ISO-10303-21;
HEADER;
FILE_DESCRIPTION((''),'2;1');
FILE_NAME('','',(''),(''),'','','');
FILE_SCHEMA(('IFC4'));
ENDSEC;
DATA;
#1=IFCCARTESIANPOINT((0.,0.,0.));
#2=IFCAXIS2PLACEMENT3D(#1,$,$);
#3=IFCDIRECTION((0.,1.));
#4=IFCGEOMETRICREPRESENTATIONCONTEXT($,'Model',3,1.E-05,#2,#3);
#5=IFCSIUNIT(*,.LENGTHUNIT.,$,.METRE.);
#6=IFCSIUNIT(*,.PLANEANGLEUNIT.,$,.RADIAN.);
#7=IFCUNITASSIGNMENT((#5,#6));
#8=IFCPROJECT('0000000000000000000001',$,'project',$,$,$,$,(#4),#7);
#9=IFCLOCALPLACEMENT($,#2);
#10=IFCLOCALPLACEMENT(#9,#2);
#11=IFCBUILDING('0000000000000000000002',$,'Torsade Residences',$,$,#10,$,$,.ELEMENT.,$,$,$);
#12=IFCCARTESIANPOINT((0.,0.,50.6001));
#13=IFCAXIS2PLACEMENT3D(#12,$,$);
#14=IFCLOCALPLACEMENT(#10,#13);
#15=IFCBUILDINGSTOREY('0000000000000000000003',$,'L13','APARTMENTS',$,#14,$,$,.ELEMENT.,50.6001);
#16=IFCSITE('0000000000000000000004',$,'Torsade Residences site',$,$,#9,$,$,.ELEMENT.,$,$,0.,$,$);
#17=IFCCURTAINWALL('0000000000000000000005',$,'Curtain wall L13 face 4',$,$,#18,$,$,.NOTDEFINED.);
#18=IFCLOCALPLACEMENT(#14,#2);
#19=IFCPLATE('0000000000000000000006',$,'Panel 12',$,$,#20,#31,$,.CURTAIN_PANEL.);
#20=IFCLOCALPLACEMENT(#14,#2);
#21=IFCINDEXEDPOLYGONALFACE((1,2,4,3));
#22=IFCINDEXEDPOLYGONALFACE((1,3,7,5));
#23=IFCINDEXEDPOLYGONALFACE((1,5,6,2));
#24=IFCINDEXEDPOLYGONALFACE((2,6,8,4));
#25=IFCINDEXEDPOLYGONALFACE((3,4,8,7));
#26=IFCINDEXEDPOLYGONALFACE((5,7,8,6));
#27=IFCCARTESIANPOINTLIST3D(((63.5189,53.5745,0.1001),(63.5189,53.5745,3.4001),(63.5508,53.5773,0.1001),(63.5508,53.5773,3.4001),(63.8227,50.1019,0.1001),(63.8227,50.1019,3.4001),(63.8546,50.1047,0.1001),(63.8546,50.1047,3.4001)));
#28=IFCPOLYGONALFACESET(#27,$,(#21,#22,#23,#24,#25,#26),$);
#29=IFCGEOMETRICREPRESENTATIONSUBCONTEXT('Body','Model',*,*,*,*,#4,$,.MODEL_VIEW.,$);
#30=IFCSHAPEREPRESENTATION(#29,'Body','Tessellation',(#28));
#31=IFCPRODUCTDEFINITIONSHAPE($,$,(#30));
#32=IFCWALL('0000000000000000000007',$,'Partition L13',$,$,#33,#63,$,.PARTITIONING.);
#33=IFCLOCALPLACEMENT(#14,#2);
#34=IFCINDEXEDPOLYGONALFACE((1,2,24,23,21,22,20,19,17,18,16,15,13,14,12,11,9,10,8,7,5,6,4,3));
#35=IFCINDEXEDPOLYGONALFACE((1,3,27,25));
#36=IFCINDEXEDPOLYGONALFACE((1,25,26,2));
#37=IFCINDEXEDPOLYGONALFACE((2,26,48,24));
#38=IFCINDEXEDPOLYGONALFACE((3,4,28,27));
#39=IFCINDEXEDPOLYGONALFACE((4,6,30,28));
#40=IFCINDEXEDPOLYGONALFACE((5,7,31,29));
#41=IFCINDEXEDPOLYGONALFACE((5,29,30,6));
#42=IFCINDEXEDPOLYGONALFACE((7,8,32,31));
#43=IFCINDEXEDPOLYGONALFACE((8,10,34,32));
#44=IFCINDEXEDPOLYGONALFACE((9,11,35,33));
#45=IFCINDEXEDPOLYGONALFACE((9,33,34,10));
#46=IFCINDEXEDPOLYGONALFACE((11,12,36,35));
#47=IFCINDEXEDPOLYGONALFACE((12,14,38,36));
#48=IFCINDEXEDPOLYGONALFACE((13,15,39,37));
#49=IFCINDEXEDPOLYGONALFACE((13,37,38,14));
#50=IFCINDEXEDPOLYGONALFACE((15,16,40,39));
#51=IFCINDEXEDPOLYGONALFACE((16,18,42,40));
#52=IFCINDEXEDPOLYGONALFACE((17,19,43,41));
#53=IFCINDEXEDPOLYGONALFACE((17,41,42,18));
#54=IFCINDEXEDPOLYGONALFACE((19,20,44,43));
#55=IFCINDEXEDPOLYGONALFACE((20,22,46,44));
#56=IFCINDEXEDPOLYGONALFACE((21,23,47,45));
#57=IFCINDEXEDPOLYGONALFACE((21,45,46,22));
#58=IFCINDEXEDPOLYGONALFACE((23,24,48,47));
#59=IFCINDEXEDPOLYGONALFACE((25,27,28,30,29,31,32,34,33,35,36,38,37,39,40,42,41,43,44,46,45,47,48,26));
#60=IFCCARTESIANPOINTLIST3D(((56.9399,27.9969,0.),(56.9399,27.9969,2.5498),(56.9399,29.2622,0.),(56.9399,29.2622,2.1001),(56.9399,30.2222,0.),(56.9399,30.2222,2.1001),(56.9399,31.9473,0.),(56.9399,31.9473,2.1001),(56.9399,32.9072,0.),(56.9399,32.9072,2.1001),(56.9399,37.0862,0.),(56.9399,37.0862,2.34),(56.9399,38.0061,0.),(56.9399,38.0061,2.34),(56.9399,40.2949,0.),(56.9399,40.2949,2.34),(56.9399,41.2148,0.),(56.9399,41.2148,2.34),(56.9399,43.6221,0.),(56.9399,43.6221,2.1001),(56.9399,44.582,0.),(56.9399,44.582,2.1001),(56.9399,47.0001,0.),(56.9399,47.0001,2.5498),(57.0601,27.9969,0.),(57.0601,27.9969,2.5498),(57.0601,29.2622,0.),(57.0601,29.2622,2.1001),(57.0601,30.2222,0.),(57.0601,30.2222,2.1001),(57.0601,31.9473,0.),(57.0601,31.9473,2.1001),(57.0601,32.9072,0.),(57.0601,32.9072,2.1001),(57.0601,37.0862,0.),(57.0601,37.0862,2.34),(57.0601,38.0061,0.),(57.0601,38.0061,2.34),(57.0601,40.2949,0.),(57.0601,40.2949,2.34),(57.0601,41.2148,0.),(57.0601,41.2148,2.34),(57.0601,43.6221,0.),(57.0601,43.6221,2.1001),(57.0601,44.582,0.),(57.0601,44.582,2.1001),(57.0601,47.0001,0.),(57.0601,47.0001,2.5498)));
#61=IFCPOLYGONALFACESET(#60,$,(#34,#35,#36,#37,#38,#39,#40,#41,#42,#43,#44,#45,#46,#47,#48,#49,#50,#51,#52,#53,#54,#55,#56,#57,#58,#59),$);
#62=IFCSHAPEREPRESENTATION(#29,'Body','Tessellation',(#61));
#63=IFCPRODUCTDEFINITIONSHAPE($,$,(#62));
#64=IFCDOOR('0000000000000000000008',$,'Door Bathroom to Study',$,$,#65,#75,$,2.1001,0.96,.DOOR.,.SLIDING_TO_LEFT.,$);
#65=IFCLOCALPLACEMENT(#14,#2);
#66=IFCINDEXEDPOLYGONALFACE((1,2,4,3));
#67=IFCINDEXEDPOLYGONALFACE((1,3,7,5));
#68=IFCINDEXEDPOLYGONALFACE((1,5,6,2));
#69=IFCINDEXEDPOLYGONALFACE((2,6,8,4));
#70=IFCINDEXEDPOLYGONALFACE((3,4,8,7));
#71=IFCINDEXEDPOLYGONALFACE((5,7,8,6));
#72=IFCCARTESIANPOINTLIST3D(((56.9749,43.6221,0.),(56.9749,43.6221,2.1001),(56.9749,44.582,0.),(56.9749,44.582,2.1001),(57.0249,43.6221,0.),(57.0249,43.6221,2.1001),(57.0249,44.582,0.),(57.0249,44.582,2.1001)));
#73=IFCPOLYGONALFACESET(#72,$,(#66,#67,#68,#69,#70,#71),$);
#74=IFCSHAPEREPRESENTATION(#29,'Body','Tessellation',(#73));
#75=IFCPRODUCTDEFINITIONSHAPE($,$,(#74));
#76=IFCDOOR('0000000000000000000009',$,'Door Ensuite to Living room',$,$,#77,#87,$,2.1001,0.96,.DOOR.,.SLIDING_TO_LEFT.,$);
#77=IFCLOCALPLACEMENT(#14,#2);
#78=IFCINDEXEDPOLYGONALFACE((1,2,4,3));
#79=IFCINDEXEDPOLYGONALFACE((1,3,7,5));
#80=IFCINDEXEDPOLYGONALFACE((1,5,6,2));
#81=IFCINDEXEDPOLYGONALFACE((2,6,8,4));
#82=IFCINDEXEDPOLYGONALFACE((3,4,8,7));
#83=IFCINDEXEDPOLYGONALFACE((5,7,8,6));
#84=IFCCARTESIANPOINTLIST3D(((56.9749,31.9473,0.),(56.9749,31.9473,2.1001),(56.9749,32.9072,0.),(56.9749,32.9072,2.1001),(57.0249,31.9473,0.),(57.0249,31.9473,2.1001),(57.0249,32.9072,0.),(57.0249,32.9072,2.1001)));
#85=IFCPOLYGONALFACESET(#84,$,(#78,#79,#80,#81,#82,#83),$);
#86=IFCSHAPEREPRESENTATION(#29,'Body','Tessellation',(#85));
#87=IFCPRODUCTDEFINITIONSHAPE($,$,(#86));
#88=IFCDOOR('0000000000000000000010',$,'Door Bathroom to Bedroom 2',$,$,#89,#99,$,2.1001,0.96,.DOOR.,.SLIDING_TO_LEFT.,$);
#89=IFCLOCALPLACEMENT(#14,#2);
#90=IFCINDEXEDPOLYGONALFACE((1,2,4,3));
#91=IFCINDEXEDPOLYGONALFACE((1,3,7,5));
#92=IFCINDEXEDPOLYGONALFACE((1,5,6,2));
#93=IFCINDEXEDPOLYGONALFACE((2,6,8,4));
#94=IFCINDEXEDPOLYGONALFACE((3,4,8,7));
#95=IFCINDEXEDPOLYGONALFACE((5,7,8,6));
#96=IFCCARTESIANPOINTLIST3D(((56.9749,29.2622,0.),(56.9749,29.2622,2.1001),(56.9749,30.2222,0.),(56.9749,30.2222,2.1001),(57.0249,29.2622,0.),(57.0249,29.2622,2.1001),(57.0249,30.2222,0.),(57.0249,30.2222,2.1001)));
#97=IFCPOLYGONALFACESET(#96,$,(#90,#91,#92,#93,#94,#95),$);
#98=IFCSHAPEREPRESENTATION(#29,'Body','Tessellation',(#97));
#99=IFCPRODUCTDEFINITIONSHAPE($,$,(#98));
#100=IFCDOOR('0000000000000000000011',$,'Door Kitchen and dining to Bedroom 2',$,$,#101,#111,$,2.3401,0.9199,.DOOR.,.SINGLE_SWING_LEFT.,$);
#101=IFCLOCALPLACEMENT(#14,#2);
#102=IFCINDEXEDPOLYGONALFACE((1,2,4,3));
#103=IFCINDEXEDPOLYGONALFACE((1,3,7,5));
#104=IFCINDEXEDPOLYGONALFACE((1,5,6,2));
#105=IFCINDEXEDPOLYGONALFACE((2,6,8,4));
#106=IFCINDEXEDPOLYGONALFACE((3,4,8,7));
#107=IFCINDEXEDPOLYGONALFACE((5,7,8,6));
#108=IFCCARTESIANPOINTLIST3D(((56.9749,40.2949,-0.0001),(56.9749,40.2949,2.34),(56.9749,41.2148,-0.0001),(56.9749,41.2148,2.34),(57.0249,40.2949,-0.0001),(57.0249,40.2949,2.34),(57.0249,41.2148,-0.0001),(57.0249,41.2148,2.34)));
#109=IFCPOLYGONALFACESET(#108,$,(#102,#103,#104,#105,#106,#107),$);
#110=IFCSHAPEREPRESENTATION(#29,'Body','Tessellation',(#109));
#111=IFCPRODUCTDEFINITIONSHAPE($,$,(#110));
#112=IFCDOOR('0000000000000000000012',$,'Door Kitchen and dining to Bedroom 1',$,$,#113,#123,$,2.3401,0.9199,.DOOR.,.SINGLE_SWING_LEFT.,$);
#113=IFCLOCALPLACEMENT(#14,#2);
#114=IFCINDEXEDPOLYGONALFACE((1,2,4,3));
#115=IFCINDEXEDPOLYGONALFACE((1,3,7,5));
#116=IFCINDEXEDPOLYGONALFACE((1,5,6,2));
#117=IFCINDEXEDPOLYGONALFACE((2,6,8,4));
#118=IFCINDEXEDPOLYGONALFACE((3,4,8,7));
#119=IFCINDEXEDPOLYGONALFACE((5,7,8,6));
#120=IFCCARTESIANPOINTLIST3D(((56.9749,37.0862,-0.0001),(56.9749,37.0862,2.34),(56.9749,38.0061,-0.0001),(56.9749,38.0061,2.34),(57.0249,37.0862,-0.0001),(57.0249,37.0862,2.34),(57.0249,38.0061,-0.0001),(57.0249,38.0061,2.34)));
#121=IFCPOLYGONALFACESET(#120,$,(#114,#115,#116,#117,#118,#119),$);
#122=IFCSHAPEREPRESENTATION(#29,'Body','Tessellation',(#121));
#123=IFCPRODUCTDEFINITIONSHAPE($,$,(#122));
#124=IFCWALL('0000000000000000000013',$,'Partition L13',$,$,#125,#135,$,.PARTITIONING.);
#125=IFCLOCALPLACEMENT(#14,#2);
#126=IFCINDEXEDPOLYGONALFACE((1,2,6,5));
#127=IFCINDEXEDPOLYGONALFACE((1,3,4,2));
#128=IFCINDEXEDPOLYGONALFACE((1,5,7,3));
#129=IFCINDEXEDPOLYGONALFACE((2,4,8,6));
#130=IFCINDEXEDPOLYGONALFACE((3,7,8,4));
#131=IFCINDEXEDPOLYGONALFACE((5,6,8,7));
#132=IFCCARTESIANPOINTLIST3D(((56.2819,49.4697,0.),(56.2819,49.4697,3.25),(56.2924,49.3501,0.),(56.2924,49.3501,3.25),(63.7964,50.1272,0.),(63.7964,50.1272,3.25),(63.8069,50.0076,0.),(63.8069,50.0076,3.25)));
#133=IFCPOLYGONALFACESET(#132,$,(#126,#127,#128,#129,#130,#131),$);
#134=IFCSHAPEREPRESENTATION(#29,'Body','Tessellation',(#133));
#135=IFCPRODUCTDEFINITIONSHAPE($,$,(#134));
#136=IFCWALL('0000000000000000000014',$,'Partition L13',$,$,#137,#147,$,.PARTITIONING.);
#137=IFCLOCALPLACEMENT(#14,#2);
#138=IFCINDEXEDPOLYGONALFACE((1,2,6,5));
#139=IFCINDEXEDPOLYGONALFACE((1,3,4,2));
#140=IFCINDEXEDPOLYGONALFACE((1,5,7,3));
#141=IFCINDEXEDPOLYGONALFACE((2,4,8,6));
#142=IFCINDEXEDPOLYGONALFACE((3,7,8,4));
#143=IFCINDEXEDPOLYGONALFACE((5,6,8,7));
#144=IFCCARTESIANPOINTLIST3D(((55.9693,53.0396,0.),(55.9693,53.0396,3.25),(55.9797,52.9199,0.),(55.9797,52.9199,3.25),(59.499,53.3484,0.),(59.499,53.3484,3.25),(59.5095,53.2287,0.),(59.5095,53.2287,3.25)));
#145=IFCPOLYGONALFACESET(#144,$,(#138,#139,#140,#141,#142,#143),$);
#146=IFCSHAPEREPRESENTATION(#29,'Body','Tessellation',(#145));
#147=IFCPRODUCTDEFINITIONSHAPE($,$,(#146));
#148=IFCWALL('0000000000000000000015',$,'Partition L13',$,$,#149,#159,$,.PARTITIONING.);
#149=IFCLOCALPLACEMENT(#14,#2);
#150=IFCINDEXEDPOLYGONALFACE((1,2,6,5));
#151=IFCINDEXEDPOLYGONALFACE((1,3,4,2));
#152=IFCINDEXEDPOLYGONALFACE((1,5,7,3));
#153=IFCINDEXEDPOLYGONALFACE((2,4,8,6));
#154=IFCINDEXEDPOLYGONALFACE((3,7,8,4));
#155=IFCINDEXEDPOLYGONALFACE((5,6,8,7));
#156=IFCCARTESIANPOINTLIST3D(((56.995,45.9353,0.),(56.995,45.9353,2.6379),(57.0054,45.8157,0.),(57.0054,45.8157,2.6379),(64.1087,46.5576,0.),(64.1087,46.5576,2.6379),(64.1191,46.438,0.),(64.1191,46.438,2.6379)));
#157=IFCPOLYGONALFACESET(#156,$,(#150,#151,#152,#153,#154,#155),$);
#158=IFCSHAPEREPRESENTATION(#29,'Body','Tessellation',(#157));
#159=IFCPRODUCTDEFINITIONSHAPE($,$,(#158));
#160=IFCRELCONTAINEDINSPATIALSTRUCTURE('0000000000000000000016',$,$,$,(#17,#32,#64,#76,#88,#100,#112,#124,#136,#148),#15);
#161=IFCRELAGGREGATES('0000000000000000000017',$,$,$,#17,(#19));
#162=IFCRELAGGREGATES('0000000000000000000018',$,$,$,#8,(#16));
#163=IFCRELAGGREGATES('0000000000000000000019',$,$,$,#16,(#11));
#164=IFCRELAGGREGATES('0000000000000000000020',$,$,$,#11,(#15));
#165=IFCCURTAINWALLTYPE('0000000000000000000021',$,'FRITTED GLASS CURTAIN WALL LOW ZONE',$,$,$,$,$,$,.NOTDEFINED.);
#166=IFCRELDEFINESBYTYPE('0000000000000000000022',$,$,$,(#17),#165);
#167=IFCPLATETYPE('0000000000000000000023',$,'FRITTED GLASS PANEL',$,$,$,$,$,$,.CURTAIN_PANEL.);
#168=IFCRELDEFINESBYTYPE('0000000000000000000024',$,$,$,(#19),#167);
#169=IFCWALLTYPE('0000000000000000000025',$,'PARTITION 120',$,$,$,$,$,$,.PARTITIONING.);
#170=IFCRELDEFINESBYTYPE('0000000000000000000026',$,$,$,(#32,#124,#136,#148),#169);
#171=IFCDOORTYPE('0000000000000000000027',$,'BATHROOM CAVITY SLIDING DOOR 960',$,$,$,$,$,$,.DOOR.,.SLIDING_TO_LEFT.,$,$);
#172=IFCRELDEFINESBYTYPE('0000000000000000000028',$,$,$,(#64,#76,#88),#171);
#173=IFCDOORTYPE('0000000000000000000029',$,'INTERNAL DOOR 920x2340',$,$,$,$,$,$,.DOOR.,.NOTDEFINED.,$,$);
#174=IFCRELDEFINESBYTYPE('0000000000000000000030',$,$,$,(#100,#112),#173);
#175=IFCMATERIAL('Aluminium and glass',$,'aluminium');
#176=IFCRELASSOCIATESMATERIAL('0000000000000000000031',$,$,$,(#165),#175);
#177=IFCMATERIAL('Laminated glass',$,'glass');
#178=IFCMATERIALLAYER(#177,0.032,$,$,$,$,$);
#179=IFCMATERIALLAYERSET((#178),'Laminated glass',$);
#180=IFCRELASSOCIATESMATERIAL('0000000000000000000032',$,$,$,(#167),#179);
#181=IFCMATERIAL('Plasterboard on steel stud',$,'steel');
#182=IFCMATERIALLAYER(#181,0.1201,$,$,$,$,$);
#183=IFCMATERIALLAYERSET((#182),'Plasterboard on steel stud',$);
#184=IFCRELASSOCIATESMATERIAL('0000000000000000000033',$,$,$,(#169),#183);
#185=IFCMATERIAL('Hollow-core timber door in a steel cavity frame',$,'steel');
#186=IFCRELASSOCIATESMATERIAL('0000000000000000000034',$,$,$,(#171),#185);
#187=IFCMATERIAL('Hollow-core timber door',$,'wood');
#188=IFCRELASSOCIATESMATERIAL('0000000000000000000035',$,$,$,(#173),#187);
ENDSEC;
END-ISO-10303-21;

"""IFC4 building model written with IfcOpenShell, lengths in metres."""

from ifc_helpers import new_model, si_unit, direction, frame, frame_2d, origin, origin_2d, place, context, subcontext, project, spatial, rectangle, extrude, material, layer, layer_set, type_object, element, fill, aggregate, save


model = new_model("IFC4")

# Units and contexts
model_context = context("Model", 3, precision=1e-05, world=origin(), true_north=direction((0.0, 1.0)))
body_context = subcontext(model_context, "Body", "Model", "MODEL_VIEW")
ifc_project = project(units=[si_unit("LENGTHUNIT", "METRE"), si_unit("PLANEANGLEUNIT", "RADIAN")], contexts=[model_context])

# Site, building, storey
site_placement = place(None, origin())
site = spatial("IfcSite", under=ifc_project, at=site_placement, Name="Torsade Residences site", CompositionType="ELEMENT", RefElevation=0.0)
building_placement = place(site_placement, origin())
building = spatial("IfcBuilding", under=site, at=building_placement, Name="Torsade Residences", CompositionType="ELEMENT")
storey_placement = place(building_placement, frame((0.0, 0.0, 50.6001)))
storey = spatial("IfcBuildingStorey", under=building, at=storey_placement, Name="L13", Description="APARTMENTS", CompositionType="ELEMENT", Elevation=50.6001)

# Curtain wall
ifc_material_1 = material(Name="Aluminium and glass", Category="aluminium")
curtain_wall_type = type_object("IfcCurtainWallType", Name="FRITTED GLASS CURTAIN WALL LOW ZONE", PredefinedType="NOTDEFINED", material=ifc_material_1)
curtain_wall_placement = place(storey_placement, origin())
curtain_wall = element("IfcCurtainWall", 1, at=curtain_wall_placement, inside=storey, type_object=curtain_wall_type, Name="Curtain wall L13 face 4", PredefinedType="NOTDEFINED")

# Plate
ifc_material_2 = material(Name="Laminated glass", Category="glass")
ifc_layer_1 = layer(ifc_material_2, 0.032)
ifc_layer_set_1 = layer_set([ifc_layer_1], Name="Laminated glass")
plate_type = type_object("IfcPlateType", Name="FRITTED GLASS PANEL", PredefinedType="CURTAIN_PANEL", material=ifc_layer_set_1)
plate_1_placement = place(storey_placement, frame((63.6868, 51.8396, 0.1001), z_axis=(0.0, 0.0, 1.0), x_axis=(-0.087156, 0.996195, 0.0)))
plate_1 = element("IfcPlate", 2, at=plate_1_placement, type_object=plate_type, Name="Panel 12", PredefinedType="CURTAIN_PANEL", context=body_context, shape_type="SweptSolid", body=[
    extrude(rectangle(XDim=3.4858, YDim=0.032, at=origin_2d()), origin(), (0.0, 0.0, 1.0), 3.3),
])
aggregate(curtain_wall, [plate_1])

# Wall, openings, doors
ifc_material_3 = material(Name="Plasterboard on steel stud", Category="steel")
ifc_layer_2 = layer(ifc_material_3, 0.1201)
ifc_layer_set_2 = layer_set([ifc_layer_2], Name="Plasterboard on steel stud")
wall_type_1 = type_object("IfcWallType", Name="PARTITION 120", PredefinedType="PARTITIONING", material=ifc_layer_set_2)
wall_1_placement = place(storey_placement, frame((57.0, 47.0, 0.0), z_axis=(0.0, 0.0, 1.0), x_axis=(0.0, -1.0, 0.0)))
wall_1 = element("IfcWall", 3, at=wall_1_placement, inside=storey, type_object=wall_type_1, Name="Partition L13", PredefinedType="PARTITIONING", context=body_context, shape_type="SweptSolid", body=[
    extrude(rectangle(XDim=19.0032, YDim=0.1201, at=frame_2d((9.5015, 0.0))), origin(), (0.0, 0.0, 1.0), 2.5498),
])
opening_1_placement = place(wall_1_placement, frame((5.7852, 0.0, 0.0)))
opening_1 = element("IfcOpeningElement", 4, at=opening_1_placement, cuts=wall_1, PredefinedType="OPENING", context=body_context, shape_type="SweptSolid", body=[
    extrude(rectangle(XDim=0.9199, YDim=2.3401, at=frame_2d((0.46, 1.1699))), frame((0.0, 0.0701, 0.0), z_axis=(0.0, -1.0, 0.0), x_axis=(1.0, 0.0, 0.0)), (0.0, 0.0, 1.0), 0.1401),
])
opening_2_placement = place(wall_1_placement, frame((8.9939, 0.0, 0.0)))
opening_2 = element("IfcOpeningElement", 5, at=opening_2_placement, cuts=wall_1, PredefinedType="OPENING", context=body_context, shape_type="SweptSolid", body=[
    extrude(rectangle(XDim=0.9199, YDim=2.3401, at=frame_2d((0.46, 1.1699))), frame((0.0, 0.0701, 0.0), z_axis=(0.0, -1.0, 0.0), x_axis=(1.0, 0.0, 0.0)), (0.0, 0.0, 1.0), 0.1401),
])
opening_3_placement = place(wall_1_placement, frame((2.418, 0.0, 0.0)))
opening_3 = element("IfcOpeningElement", 6, at=opening_3_placement, cuts=wall_1, PredefinedType="OPENING", context=body_context, shape_type="SweptSolid", body=[
    extrude(rectangle(XDim=0.96, YDim=2.1001, at=frame_2d((0.48, 1.05))), frame((0.0, 0.0701, 0.0), z_axis=(0.0, -1.0, 0.0), x_axis=(1.0, 0.0, 0.0)), (0.0, 0.0, 1.0), 0.1401),
])
opening_4_placement = place(wall_1_placement, frame((14.0928, 0.0, 0.0)))
opening_4 = element("IfcOpeningElement", 7, at=opening_4_placement, cuts=wall_1, PredefinedType="OPENING", context=body_context, shape_type="SweptSolid", body=[
    extrude(rectangle(XDim=0.96, YDim=2.1001, at=frame_2d((0.48, 1.05))), frame((0.0, 0.0701, 0.0), z_axis=(0.0, -1.0, 0.0), x_axis=(1.0, 0.0, 0.0)), (0.0, 0.0, 1.0), 0.1401),
])
opening_5_placement = place(wall_1_placement, frame((16.7778, 0.0, 0.0)))
opening_5 = element("IfcOpeningElement", 8, at=opening_5_placement, cuts=wall_1, PredefinedType="OPENING", context=body_context, shape_type="SweptSolid", body=[
    extrude(rectangle(XDim=0.96, YDim=2.1001, at=frame_2d((0.48, 1.05))), frame((0.0, 0.0701, 0.0), z_axis=(0.0, -1.0, 0.0), x_axis=(1.0, 0.0, 0.0)), (0.0, 0.0, 1.0), 0.1401),
])
ifc_material_4 = material(Name="Hollow-core timber door in a steel cavity frame", Category="steel")
door_type_1 = type_object("IfcDoorType", Name="BATHROOM CAVITY SLIDING DOOR 960", OperationType="SLIDING_TO_LEFT", PredefinedType="DOOR", material=ifc_material_4)
door_1_placement = place(opening_3_placement, origin())
door_1 = element("IfcDoor", 9, at=door_1_placement, inside=storey, type_object=door_type_1, Name="Door Bathroom to Study", OperationType="SLIDING_TO_LEFT", OverallHeight=2.1001, OverallWidth=0.96, PredefinedType="DOOR", context=body_context, shape_type="SweptSolid", body=[
    extrude(rectangle(XDim=0.96, YDim=2.1001, at=frame_2d((0.48, 1.05))), frame((0.0, 0.0249, 0.0), z_axis=(0.0, -1.0, 0.0), x_axis=(1.0, 0.0, 0.0)), (0.0, 0.0, 1.0), 0.05),
])
fill(opening_3, door_1)
door_2_placement = place(opening_4_placement, origin())
door_2 = element("IfcDoor", 10, at=door_2_placement, inside=storey, type_object=door_type_1, Name="Door Ensuite to Living room", OperationType="SLIDING_TO_LEFT", OverallHeight=2.1001, OverallWidth=0.96, PredefinedType="DOOR", context=body_context, shape_type="SweptSolid", body=[
    extrude(rectangle(XDim=0.96, YDim=2.1001, at=frame_2d((0.48, 1.05))), frame((0.0, 0.0249, 0.0), z_axis=(0.0, -1.0, 0.0), x_axis=(1.0, 0.0, 0.0)), (0.0, 0.0, 1.0), 0.05),
])
fill(opening_4, door_2)
door_3_placement = place(opening_5_placement, origin())
door_3 = element("IfcDoor", 11, at=door_3_placement, inside=storey, type_object=door_type_1, Name="Door Bathroom to Bedroom 2", OperationType="SLIDING_TO_LEFT", OverallHeight=2.1001, OverallWidth=0.96, PredefinedType="DOOR", context=body_context, shape_type="SweptSolid", body=[
    extrude(rectangle(XDim=0.96, YDim=2.1001, at=frame_2d((0.48, 1.05))), frame((0.0, 0.0249, 0.0), z_axis=(0.0, -1.0, 0.0), x_axis=(1.0, 0.0, 0.0)), (0.0, 0.0, 1.0), 0.05),
])
fill(opening_5, door_3)
ifc_material_5 = material(Name="Hollow-core timber door", Category="wood")
door_type_2 = type_object("IfcDoorType", Name="INTERNAL DOOR 920x2340", OperationType="NOTDEFINED", PredefinedType="DOOR", material=ifc_material_5)
door_4_placement = place(opening_1_placement, origin())
door_4 = element("IfcDoor", 12, at=door_4_placement, inside=storey, type_object=door_type_2, Name="Door Kitchen and dining to Bedroom 2", OperationType="SINGLE_SWING_LEFT", OverallHeight=2.3401, OverallWidth=0.9199, PredefinedType="DOOR", context=body_context, shape_type="SweptSolid", body=[
    extrude(rectangle(XDim=0.9199, YDim=2.3401, at=frame_2d((0.46, 1.1699))), frame((0.0, 0.0249, 0.0), z_axis=(0.0, -1.0, 0.0), x_axis=(1.0, 0.0, 0.0)), (0.0, 0.0, 1.0), 0.05),
])
fill(opening_1, door_4)
door_5_placement = place(opening_2_placement, origin())
door_5 = element("IfcDoor", 13, at=door_5_placement, inside=storey, type_object=door_type_2, Name="Door Kitchen and dining to Bedroom 1", OperationType="SINGLE_SWING_LEFT", OverallHeight=2.3401, OverallWidth=0.9199, PredefinedType="DOOR", context=body_context, shape_type="SweptSolid", body=[
    extrude(rectangle(XDim=0.9199, YDim=2.3401, at=frame_2d((0.46, 1.1699))), frame((0.0, 0.0249, 0.0), z_axis=(0.0, -1.0, 0.0), x_axis=(1.0, 0.0, 0.0)), (0.0, 0.0, 1.0), 0.05),
])
fill(opening_2, door_5)

# Walls
wall_2_placement = place(storey_placement, frame((63.8015, 50.0674, 0.0), z_axis=(0.0, 0.0, 1.0), x_axis=(-0.996194, -0.087162, 0.0)))
element("IfcWall", 14, at=wall_2_placement, inside=storey, type_object=wall_type_1, Name="Partition L13", PredefinedType="PARTITIONING", context=body_context, shape_type="SweptSolid", body=[
    extrude(rectangle(XDim=7.5432, YDim=0.1201, at=frame_2d((3.7715, 0.0))), origin(), (0.0, 0.0, 1.0), 3.25),
])
wall_3_placement = place(storey_placement, frame((55.9746, 52.9797, 0.0), z_axis=(0.0, 0.0, 1.0), x_axis=(0.996194, 0.087162, 0.0)))
element("IfcWall", 15, at=wall_3_placement, inside=storey, type_object=wall_type_1, Name="Partition L13", PredefinedType="PARTITIONING", context=body_context, shape_type="SweptSolid", body=[
    extrude(rectangle(XDim=3.5432, YDim=0.1201, at=frame_2d((1.7715, 0.0))), origin(), (0.0, 0.0, 1.0), 3.25),
])
wall_4_placement = place(storey_placement, frame((64.1138, 46.4978, 0.0), z_axis=(0.0, 0.0, 1.0), x_axis=(-0.996195, -0.087147, 0.0)))
element("IfcWall", 16, at=wall_4_placement, inside=storey, type_object=wall_type_1, Name="Partition L13", PredefinedType="PARTITIONING", context=body_context, shape_type="SweptSolid", body=[
    extrude(rectangle(XDim=7.1409, YDim=0.1201, at=frame_2d((3.5703, 0.0))), origin(), (0.0, 0.0, 1.0), 2.6379),
])

save(model, "model.ifc")
